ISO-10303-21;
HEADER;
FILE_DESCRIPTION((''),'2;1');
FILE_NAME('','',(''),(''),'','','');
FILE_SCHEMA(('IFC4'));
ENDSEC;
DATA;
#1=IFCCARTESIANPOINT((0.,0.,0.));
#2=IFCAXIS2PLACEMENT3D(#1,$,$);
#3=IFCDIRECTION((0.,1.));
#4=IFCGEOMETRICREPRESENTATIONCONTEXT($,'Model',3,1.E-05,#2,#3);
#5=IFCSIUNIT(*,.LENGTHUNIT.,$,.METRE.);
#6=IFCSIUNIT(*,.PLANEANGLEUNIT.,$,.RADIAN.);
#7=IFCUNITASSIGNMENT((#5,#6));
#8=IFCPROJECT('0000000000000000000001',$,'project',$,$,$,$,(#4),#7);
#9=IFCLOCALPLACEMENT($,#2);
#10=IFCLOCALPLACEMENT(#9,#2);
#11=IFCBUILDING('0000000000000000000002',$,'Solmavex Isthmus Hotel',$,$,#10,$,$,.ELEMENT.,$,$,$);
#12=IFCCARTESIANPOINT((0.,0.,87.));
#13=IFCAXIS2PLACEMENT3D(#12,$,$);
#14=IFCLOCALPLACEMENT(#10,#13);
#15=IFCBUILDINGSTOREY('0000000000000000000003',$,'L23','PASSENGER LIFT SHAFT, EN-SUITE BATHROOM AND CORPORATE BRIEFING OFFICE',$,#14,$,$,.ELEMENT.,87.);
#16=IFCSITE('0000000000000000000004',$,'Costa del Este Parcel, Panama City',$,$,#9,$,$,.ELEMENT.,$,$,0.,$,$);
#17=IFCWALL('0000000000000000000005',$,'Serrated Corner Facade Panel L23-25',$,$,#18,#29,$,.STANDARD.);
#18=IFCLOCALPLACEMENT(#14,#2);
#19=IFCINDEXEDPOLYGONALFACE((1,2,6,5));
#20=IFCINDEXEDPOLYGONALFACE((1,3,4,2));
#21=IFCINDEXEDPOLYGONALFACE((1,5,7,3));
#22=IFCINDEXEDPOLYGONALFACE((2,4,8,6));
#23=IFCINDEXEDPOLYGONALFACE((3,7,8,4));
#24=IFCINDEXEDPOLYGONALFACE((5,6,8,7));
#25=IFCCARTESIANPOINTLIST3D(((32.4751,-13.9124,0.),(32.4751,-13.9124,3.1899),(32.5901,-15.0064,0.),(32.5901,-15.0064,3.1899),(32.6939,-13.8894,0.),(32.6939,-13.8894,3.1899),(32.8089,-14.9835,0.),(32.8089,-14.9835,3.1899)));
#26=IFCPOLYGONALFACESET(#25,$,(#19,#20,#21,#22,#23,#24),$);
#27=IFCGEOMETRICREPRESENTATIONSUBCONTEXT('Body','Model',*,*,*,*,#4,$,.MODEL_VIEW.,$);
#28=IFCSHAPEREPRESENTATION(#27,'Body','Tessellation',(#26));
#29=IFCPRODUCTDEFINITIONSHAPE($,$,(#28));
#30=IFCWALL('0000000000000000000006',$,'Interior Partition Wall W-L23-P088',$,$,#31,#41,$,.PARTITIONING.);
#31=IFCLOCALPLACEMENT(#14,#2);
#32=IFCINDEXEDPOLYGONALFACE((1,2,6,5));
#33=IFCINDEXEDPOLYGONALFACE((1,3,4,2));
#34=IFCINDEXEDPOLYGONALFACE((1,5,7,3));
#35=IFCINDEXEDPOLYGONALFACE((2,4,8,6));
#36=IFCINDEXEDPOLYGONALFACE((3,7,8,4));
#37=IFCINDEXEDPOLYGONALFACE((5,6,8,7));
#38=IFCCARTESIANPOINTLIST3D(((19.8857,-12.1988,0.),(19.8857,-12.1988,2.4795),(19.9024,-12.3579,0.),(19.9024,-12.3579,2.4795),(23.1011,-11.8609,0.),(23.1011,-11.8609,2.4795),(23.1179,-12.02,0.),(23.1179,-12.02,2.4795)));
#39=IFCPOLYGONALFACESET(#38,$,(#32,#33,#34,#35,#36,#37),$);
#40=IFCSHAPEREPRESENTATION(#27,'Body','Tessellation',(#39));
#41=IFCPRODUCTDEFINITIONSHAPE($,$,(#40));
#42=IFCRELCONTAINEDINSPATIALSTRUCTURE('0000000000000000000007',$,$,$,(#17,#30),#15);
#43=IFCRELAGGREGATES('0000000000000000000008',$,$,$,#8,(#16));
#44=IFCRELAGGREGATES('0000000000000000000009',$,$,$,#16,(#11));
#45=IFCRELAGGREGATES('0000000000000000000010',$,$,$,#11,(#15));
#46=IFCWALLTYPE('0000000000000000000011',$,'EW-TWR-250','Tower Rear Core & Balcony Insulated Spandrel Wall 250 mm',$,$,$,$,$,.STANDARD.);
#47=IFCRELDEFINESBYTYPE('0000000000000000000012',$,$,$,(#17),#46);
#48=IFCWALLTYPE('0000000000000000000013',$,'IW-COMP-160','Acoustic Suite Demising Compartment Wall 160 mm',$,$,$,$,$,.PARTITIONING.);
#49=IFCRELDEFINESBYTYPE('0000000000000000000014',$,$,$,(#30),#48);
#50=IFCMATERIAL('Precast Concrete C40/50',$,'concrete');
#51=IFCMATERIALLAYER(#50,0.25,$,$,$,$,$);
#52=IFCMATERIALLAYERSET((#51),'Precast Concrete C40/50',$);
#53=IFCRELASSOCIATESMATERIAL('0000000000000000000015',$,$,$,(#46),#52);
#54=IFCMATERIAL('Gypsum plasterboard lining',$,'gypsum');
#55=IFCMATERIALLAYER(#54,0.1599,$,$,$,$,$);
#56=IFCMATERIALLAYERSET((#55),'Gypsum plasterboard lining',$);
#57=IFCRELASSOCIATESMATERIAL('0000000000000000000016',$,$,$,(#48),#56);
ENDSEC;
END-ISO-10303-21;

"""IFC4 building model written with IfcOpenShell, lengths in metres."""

from ifc_helpers import new_model, si_unit, direction, frame, frame_2d, origin, place, context, subcontext, project, spatial, rectangle, extrude, material, layer, layer_set, type_object, element, save


model = new_model("IFC4")

# Units and contexts
model_context = context("Model", 3, precision=1e-05, world=origin(), true_north=direction((0.0, 1.0)))
body_context = subcontext(model_context, "Body", "Model", "MODEL_VIEW")
ifc_project = project(units=[si_unit("LENGTHUNIT", "METRE"), si_unit("PLANEANGLEUNIT", "RADIAN")], contexts=[model_context])

# Site, building, storey
site_placement = place(None, origin())
site = spatial("IfcSite", under=ifc_project, at=site_placement, Name="Costa del Este Parcel, Panama City", CompositionType="ELEMENT", RefElevation=0.0)
building_placement = place(site_placement, origin())
building = spatial("IfcBuilding", under=site, at=building_placement, Name="Solmavex Isthmus Hotel", CompositionType="ELEMENT")
storey_placement = place(building_placement, frame((0.0, 0.0, 87.0)))
storey = spatial("IfcBuildingStorey", under=building, at=storey_placement, Name="L23", Description="PASSENGER LIFT SHAFT, EN-SUITE BATHROOM AND CORPORATE BRIEFING OFFICE", CompositionType="ELEMENT", Elevation=87.0)

# Walls
ifc_material_1 = material(Name="Precast Concrete C40/50", Category="concrete")
ifc_layer_1 = layer(ifc_material_1, 0.25)
ifc_layer_set_1 = layer_set([ifc_layer_1], Name="Precast Concrete C40/50")
wall_type_1 = type_object("IfcWallType", Name="EW-TWR-250", Description="Tower Rear Core & Balcony Insulated Spandrel Wall 250 mm", PredefinedType="STANDARD", material=ifc_layer_set_1)
for number, where, z_axis, x_axis, name in (
    (1, (32.5845, -13.9009, 0.0), (0.0, 0.0, 1.0), (0.104535, -0.994521, 0.0), "Serrated Corner Facade Panel L23-25"),
):
    element("IfcWall", number, at=place(storey_placement, frame(where, z_axis=z_axis, x_axis=x_axis)), inside=storey, type_object=wall_type_1, Name=name, PredefinedType="STANDARD", context=body_context, shape_type="SweptSolid", body=[
        extrude(rectangle(XDim=1.1001, YDim=0.22, at=frame_2d((0.55, 0.0))), origin(), (0.0, 0.0, 1.0), 3.1899),
    ])
ifc_material_2 = material(Name="Gypsum plasterboard lining", Category="gypsum")
ifc_layer_2 = layer(ifc_material_2, 0.1599)
ifc_layer_set_2 = layer_set([ifc_layer_2], Name="Gypsum plasterboard lining")
wall_type_2 = type_object("IfcWallType", Name="IW-COMP-160", Description="Acoustic Suite Demising Compartment Wall 160 mm", PredefinedType="PARTITIONING", material=ifc_layer_set_2)
wall_1_placement = place(storey_placement, frame((23.1096, -11.9404, 0.0), z_axis=(0.0, 0.0, 1.0), x_axis=(-0.994524, -0.104512, 0.0)))
element("IfcWall", 2, at=wall_1_placement, inside=storey, type_object=wall_type_2, Name="Interior Partition Wall W-L23-P088", PredefinedType="PARTITIONING", context=body_context, shape_type="SweptSolid", body=[
    extrude(rectangle(XDim=3.2332, YDim=0.1599, at=frame_2d((1.6167, 0.0))), origin(), (0.0, 0.0, 1.0), 2.4795),
])

save(model, "model.ifc")
